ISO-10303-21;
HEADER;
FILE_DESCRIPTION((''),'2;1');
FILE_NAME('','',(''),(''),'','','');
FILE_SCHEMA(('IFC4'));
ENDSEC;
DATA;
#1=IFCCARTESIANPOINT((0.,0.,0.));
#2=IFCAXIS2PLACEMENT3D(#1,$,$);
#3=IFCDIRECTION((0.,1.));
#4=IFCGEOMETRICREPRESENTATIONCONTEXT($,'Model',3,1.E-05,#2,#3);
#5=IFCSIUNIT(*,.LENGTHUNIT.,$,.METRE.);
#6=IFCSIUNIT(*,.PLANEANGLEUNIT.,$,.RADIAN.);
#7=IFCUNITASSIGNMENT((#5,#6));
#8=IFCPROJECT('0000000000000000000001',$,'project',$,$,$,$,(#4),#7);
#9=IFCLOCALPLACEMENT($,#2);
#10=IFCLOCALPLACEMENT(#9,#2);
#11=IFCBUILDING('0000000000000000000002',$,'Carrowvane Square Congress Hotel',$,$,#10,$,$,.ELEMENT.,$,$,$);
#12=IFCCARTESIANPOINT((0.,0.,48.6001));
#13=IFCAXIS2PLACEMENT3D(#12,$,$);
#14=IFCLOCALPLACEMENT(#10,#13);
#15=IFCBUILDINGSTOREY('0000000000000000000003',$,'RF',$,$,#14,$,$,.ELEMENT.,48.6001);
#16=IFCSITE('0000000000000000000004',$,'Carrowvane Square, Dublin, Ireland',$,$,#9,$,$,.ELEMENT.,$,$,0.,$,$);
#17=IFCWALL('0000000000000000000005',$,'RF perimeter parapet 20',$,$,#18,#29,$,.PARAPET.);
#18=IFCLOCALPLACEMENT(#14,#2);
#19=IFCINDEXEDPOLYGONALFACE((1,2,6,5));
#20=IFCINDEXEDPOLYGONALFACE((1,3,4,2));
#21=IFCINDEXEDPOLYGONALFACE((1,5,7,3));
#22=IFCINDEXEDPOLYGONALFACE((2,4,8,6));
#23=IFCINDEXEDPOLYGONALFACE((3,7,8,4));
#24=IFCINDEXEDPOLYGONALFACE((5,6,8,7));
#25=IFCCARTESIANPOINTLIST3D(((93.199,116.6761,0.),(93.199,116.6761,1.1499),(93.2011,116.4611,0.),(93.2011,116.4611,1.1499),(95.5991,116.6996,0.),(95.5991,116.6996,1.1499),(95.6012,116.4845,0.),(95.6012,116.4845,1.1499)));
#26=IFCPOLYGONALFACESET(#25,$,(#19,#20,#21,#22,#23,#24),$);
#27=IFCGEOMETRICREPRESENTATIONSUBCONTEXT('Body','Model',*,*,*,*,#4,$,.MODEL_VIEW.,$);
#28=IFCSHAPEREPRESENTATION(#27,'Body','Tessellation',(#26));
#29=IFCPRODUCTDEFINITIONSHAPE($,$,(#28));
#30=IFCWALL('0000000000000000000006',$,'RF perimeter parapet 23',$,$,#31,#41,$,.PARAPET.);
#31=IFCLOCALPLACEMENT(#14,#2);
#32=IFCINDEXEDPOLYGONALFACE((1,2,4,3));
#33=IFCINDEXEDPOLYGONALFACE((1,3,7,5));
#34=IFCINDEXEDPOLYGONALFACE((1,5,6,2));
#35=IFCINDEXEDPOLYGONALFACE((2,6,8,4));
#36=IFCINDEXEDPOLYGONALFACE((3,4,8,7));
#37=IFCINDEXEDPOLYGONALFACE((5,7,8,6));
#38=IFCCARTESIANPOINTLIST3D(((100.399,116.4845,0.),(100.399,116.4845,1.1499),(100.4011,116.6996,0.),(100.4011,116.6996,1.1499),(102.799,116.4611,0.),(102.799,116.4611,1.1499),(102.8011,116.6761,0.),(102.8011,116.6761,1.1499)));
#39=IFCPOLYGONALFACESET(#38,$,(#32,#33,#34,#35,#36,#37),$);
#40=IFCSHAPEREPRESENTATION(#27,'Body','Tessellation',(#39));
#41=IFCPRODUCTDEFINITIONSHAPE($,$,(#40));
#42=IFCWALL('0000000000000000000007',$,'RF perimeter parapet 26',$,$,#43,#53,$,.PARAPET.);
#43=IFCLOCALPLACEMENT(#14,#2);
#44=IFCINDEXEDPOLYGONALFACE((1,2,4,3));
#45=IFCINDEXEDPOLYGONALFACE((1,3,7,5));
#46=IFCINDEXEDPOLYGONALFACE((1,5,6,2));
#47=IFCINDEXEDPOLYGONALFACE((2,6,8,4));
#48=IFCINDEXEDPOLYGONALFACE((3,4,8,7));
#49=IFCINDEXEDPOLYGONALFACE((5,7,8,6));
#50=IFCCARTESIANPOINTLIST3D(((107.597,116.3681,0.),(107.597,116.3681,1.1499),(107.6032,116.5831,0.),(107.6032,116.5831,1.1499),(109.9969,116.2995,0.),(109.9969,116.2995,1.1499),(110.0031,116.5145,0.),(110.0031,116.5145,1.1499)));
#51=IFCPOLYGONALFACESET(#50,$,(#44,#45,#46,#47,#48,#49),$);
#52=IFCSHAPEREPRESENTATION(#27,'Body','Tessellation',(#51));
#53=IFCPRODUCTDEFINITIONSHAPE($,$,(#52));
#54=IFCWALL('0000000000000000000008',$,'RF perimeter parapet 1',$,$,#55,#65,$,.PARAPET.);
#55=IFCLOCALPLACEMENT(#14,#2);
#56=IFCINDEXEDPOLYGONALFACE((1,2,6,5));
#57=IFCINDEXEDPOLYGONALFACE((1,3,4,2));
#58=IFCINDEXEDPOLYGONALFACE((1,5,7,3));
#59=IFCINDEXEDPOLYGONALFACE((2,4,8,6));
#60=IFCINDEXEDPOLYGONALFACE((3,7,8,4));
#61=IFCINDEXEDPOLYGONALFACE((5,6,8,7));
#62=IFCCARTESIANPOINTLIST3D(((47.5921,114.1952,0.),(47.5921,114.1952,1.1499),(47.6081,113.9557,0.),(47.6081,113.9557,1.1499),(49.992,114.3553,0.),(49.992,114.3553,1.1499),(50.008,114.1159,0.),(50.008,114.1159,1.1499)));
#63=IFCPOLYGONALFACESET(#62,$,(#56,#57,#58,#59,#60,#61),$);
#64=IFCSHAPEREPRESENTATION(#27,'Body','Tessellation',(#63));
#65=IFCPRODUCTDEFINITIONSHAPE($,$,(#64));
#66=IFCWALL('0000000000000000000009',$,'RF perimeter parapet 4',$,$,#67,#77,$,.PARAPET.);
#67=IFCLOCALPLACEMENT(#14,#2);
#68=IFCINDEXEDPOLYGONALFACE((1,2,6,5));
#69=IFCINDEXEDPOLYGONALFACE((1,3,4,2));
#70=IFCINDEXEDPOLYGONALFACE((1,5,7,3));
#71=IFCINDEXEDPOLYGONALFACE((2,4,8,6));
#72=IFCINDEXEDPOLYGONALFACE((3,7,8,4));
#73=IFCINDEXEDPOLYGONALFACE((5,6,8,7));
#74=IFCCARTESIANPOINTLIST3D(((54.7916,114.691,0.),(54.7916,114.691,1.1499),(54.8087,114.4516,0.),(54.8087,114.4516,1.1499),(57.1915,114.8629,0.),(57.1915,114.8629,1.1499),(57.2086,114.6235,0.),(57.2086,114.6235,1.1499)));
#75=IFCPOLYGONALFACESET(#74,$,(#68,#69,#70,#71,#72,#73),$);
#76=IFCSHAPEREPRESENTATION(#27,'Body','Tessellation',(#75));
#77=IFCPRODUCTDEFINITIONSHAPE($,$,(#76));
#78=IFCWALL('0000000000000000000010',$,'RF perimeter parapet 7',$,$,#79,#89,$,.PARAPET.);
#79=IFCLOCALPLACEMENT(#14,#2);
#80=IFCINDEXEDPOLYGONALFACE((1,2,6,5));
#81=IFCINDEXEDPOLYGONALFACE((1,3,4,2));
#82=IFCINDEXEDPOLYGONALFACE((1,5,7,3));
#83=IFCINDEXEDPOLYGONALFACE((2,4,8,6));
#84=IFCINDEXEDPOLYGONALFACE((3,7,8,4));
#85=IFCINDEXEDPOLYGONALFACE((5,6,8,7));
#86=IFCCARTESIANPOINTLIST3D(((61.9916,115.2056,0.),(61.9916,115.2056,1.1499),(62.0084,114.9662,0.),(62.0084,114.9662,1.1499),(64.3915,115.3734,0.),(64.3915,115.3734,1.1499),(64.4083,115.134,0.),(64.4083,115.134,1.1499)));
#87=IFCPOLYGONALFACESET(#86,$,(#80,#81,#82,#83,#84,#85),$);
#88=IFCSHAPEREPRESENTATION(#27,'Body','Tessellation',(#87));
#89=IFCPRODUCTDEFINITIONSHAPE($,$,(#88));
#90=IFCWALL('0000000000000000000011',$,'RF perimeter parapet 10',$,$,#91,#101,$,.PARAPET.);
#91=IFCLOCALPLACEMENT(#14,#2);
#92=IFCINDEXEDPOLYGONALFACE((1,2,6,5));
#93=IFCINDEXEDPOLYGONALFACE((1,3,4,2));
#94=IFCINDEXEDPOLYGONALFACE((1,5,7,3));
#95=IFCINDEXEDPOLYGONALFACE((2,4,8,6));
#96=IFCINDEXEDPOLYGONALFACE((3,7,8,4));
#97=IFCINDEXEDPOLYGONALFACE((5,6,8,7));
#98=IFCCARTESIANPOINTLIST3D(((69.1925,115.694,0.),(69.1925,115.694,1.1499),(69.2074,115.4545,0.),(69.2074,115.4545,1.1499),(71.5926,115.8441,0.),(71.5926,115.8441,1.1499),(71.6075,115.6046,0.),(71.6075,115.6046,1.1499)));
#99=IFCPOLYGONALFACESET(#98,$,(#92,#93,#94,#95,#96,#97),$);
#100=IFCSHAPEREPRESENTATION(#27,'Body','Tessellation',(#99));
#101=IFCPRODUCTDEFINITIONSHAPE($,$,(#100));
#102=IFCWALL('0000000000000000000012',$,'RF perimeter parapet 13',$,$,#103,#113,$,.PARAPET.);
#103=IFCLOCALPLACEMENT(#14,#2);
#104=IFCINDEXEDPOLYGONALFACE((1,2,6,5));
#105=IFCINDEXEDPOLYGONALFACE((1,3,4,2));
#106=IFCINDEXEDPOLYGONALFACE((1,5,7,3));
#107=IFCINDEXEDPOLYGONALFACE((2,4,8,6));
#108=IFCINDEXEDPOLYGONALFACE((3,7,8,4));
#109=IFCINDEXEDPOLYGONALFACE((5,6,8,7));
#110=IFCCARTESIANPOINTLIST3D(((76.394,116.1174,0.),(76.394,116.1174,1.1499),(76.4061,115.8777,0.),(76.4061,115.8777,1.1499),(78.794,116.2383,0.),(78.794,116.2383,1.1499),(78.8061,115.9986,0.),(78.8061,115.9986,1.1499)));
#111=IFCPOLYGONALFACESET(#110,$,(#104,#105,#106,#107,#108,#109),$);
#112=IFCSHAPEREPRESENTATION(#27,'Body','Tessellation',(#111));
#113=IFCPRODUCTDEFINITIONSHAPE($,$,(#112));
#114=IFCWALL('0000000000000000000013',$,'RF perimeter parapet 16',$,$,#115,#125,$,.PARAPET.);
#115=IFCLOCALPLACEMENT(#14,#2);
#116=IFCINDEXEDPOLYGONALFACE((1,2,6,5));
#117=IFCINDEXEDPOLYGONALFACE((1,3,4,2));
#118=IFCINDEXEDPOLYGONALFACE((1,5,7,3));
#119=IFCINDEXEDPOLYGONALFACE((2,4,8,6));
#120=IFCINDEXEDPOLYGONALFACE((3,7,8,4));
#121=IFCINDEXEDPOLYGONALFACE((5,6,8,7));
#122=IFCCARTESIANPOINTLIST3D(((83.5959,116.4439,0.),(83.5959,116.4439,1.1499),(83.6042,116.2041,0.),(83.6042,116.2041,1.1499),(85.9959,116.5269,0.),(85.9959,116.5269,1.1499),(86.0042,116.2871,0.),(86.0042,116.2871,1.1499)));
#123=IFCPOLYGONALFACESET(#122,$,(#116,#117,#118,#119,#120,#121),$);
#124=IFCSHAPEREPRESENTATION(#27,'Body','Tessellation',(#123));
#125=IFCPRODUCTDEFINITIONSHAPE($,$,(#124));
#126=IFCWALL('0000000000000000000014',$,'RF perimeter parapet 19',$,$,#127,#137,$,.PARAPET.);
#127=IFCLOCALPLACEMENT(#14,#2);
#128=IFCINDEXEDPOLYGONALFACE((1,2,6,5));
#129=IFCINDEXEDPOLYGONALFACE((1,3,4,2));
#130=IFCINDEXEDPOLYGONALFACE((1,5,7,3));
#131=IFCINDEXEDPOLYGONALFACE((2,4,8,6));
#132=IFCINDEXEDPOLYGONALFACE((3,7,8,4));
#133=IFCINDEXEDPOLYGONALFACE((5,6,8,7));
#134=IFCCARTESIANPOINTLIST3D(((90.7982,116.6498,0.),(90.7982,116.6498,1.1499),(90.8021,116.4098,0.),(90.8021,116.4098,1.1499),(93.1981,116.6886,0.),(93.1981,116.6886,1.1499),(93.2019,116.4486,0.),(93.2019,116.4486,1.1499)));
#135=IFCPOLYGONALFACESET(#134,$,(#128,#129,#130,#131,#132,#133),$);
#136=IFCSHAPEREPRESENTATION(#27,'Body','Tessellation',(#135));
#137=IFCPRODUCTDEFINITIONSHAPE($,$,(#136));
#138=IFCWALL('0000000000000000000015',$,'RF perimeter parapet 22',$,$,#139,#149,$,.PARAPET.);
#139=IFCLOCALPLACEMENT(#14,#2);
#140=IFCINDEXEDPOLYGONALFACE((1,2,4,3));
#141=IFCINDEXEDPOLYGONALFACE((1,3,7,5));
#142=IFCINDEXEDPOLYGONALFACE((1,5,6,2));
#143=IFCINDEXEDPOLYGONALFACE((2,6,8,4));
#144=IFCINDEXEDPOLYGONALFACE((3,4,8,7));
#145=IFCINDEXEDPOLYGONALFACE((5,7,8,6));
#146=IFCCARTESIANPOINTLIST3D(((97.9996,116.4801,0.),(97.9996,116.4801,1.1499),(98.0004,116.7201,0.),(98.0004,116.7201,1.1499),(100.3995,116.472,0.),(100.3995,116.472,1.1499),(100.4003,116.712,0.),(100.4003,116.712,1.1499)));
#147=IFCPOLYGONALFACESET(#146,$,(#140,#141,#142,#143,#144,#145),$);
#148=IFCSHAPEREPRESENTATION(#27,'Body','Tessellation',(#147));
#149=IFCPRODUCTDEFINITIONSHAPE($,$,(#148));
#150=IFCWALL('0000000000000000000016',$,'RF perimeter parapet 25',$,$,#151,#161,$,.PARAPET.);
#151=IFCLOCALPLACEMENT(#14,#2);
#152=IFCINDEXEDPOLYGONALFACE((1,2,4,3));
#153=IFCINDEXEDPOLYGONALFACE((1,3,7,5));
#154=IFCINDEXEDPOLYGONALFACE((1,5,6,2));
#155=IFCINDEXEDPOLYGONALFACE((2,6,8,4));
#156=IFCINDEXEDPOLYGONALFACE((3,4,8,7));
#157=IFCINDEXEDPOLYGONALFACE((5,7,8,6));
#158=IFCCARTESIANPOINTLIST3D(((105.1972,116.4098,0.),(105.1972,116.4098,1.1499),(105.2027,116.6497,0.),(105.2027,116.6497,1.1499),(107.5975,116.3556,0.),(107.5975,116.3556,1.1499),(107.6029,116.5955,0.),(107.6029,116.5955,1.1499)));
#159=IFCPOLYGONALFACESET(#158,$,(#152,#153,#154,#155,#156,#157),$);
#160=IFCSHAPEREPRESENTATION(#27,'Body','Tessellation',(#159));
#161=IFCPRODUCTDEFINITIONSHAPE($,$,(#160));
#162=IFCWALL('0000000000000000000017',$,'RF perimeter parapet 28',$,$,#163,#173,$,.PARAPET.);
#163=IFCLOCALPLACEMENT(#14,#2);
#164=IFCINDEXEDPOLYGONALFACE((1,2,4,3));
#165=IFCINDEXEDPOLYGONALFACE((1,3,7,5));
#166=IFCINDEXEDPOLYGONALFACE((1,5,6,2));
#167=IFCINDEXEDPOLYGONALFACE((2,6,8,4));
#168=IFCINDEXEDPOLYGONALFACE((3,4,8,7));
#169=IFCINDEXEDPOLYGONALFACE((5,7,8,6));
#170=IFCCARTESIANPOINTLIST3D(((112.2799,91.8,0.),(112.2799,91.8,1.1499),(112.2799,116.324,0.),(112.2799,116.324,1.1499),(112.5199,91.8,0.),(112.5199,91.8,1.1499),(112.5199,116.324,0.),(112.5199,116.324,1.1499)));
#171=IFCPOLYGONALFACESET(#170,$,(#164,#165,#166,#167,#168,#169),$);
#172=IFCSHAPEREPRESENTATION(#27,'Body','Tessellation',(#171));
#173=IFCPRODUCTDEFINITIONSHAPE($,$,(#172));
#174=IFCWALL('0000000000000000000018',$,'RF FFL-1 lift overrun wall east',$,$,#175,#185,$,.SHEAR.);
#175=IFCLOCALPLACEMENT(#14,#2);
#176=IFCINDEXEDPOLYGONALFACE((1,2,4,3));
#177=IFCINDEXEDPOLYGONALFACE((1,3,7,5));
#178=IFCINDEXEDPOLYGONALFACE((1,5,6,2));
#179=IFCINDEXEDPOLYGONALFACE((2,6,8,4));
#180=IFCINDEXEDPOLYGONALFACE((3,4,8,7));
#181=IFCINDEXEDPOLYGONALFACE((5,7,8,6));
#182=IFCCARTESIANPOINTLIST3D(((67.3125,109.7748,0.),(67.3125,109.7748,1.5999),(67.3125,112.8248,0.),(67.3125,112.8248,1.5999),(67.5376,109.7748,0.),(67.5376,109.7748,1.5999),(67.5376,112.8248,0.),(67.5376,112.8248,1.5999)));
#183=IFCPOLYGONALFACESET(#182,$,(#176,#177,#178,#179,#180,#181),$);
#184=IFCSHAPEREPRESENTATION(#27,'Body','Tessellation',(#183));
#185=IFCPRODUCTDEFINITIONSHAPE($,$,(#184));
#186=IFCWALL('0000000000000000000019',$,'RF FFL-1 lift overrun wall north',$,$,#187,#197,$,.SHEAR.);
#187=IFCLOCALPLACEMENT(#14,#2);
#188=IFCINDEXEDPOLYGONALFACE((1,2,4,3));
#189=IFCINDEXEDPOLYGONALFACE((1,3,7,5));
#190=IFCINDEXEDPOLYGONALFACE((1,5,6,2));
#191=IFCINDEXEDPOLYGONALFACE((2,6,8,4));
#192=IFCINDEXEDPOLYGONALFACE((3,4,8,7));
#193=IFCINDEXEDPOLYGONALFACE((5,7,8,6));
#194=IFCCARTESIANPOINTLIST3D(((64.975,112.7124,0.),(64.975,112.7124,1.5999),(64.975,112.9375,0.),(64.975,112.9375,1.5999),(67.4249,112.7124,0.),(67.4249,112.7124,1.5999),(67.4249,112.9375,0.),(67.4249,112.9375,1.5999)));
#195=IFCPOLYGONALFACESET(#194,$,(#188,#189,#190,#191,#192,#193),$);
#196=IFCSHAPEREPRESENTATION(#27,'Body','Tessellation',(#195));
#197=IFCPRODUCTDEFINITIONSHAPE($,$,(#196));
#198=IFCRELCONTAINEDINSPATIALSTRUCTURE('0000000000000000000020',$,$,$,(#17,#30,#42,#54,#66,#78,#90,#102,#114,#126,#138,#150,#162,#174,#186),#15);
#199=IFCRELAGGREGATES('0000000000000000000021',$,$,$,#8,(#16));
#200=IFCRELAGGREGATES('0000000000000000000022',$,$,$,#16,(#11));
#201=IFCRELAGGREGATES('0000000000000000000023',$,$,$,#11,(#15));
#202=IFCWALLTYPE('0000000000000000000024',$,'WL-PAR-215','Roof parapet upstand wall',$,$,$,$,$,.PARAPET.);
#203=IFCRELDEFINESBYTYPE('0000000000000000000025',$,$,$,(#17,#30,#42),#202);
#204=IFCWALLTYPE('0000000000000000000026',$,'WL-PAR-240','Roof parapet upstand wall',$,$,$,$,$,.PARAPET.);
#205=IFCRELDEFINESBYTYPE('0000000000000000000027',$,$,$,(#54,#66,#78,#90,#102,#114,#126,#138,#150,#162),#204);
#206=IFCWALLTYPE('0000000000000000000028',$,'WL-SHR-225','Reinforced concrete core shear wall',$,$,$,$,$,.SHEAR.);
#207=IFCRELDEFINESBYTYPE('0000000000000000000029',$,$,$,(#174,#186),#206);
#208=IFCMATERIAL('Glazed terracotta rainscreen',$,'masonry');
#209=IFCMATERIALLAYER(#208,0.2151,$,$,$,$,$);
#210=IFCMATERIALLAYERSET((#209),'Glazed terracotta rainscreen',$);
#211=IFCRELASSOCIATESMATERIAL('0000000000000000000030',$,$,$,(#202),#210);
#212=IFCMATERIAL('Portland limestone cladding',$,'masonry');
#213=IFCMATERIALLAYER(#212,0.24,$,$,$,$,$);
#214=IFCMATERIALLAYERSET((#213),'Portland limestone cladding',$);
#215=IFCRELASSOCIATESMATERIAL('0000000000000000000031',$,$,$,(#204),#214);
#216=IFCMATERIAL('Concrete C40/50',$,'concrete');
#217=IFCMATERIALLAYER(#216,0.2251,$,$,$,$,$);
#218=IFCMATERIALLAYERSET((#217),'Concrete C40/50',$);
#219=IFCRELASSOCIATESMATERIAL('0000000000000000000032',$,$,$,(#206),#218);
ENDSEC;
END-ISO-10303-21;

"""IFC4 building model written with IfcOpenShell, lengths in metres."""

from ifc_helpers import new_model, si_unit, direction, frame, frame_2d, origin, place, context, subcontext, project, spatial, rectangle, extrude, material, layer, layer_set, type_object, element, save


model = new_model("IFC4")

# Units and contexts
model_context = context("Model", 3, precision=1e-05, world=origin(), true_north=direction((0.0, 1.0)))
body_context = subcontext(model_context, "Body", "Model", "MODEL_VIEW")
ifc_project = project(units=[si_unit("LENGTHUNIT", "METRE"), si_unit("PLANEANGLEUNIT", "RADIAN")], contexts=[model_context])

# Site, building, storey
site_placement = place(None, origin())
site = spatial("IfcSite", under=ifc_project, at=site_placement, Name="Carrowvane Square, Dublin, Ireland", CompositionType="ELEMENT", RefElevation=0.0)
building_placement = place(site_placement, origin())
building = spatial("IfcBuilding", under=site, at=building_placement, Name="Carrowvane Square Congress Hotel", CompositionType="ELEMENT")
storey_placement = place(building_placement, frame((0.0, 0.0, 48.6001)))
storey = spatial("IfcBuildingStorey", under=building, at=storey_placement, Name="RF", CompositionType="ELEMENT", Elevation=48.6001)

# Walls
ifc_material_1 = material(Name="Glazed terracotta rainscreen", Category="masonry")
ifc_layer_1 = layer(ifc_material_1, 0.2151)
ifc_layer_set_1 = layer_set([ifc_layer_1], Name="Glazed terracotta rainscreen")
wall_type_1 = type_object("IfcWallType", Name="WL-PAR-215", Description="Roof parapet upstand wall", PredefinedType="PARAPET", material=ifc_layer_set_1)
for number, where, z_axis, x_axis, name in (
    (1, (93.2, 116.5686, 0.0), (0.0, 0.0, 1.0), (0.999952, 0.009765, 0.0), "RF perimeter parapet 20"),
    (2, (100.3999, 116.592, 0.0), (0.0, 0.0, 1.0), (0.999952, -0.009765, 0.0), "RF perimeter parapet 23"),
):
    element("IfcWall", number, at=place(storey_placement, frame(where, z_axis=z_axis, x_axis=x_axis)), inside=storey, type_object=wall_type_1, Name=name, PredefinedType="PARAPET", context=body_context, shape_type="SweptSolid", body=[
        extrude(rectangle(XDim=2.4001, YDim=0.2151, at=frame_2d((1.2002, 0.0))), origin(), (0.0, 0.0, 1.0), 1.1499),
    ])
wall_1_placement = place(storey_placement, frame((107.6001, 116.4756, 0.0), z_axis=(0.0, 0.0, 1.0), x_axis=(0.999592, -0.028574, 0.0)))
element("IfcWall", 3, at=wall_1_placement, inside=storey, type_object=wall_type_1, Name="RF perimeter parapet 26", PredefinedType="PARAPET", context=body_context, shape_type="SweptSolid", body=[
    extrude(rectangle(XDim=2.4009, YDim=0.2151, at=frame_2d((1.2004, 0.0))), origin(), (0.0, 0.0, 1.0), 1.1499),
])
ifc_material_2 = material(Name="Portland limestone cladding", Category="masonry")
ifc_layer_2 = layer(ifc_material_2, 0.24)
ifc_layer_set_2 = layer_set([ifc_layer_2], Name="Portland limestone cladding")
wall_type_2 = type_object("IfcWallType", Name="WL-PAR-240", Description="Roof parapet upstand wall", PredefinedType="PARAPET", material=ifc_layer_set_2)
wall_2_placement = place(storey_placement, frame((47.6001, 114.0754, 0.0), z_axis=(0.0, 0.0, 1.0), x_axis=(0.997781, 0.066586, 0.0)))
element("IfcWall", 4, at=wall_2_placement, inside=storey, type_object=wall_type_2, Name="RF perimeter parapet 1", PredefinedType="PARAPET", context=body_context, shape_type="SweptSolid", body=[
    extrude(rectangle(XDim=2.4053, YDim=0.24, at=frame_2d((1.2026, 0.0))), origin(), (0.0, 0.0, 1.0), 1.1499),
])
wall_3_placement = place(storey_placement, frame((54.8, 114.5713, 0.0), z_axis=(0.0, 0.0, 1.0), x_axis=(0.997445, 0.071435, 0.0)))
element("IfcWall", 5, at=wall_3_placement, inside=storey, type_object=wall_type_2, Name="RF perimeter parapet 4", PredefinedType="PARAPET", context=body_context, shape_type="SweptSolid", body=[
    extrude(rectangle(XDim=2.406, YDim=0.24, at=frame_2d((1.2031, 0.0))), origin(), (0.0, 0.0, 1.0), 1.1499),
])
wall_4_placement = place(storey_placement, frame((62.0, 115.0859, 0.0), z_axis=(0.0, 0.0, 1.0), x_axis=(0.997567, 0.069718, 0.0)))
element("IfcWall", 6, at=wall_4_placement, inside=storey, type_object=wall_type_2, Name="RF perimeter parapet 7", PredefinedType="PARAPET", context=body_context, shape_type="SweptSolid", body=[
    extrude(rectangle(XDim=2.4058, YDim=0.24, at=frame_2d((1.2029, 0.0))), origin(), (0.0, 0.0, 1.0), 1.1499),
])
wall_5_placement = place(storey_placement, frame((69.2, 115.5742, 0.0), z_axis=(0.0, 0.0, 1.0), x_axis=(0.998049, 0.062435, 0.0)))
element("IfcWall", 7, at=wall_5_placement, inside=storey, type_object=wall_type_2, Name="RF perimeter parapet 10", PredefinedType="PARAPET", context=body_context, shape_type="SweptSolid", body=[
    extrude(rectangle(XDim=2.4048, YDim=0.24, at=frame_2d((1.2024, 0.0))), origin(), (0.0, 0.0, 1.0), 1.1499),
])
wall_6_placement = place(storey_placement, frame((76.3999, 115.9976, 0.0), z_axis=(0.0, 0.0, 1.0), x_axis=(0.998735, 0.050287, 0.0)))
element("IfcWall", 8, at=wall_6_placement, inside=storey, type_object=wall_type_2, Name="RF perimeter parapet 13", PredefinedType="PARAPET", context=body_context, shape_type="SweptSolid", body=[
    extrude(rectangle(XDim=2.4031, YDim=0.24, at=frame_2d((1.2017, 0.0))), origin(), (0.0, 0.0, 1.0), 1.1499),
])
wall_7_placement = place(storey_placement, frame((83.6001, 116.324, 0.0), z_axis=(0.0, 0.0, 1.0), x_axis=(0.999402, 0.034567, 0.0)))
element("IfcWall", 9, at=wall_7_placement, inside=storey, type_object=wall_type_2, Name="RF perimeter parapet 16", PredefinedType="PARAPET", context=body_context, shape_type="SweptSolid", body=[
    extrude(rectangle(XDim=2.4014, YDim=0.24, at=frame_2d((1.2007, 0.0))), origin(), (0.0, 0.0, 1.0), 1.1499),
])
wall_8_placement = place(storey_placement, frame((90.8, 116.5298, 0.0), z_axis=(0.0, 0.0, 1.0), x_axis=(0.999869, 0.016173, 0.0)))
element("IfcWall", 10, at=wall_8_placement, inside=storey, type_object=wall_type_2, Name="RF perimeter parapet 19", PredefinedType="PARAPET", context=body_context, shape_type="SweptSolid", body=[
    extrude(rectangle(XDim=2.4001, YDim=0.24, at=frame_2d((1.2002, 0.0))), origin(), (0.0, 0.0, 1.0), 1.1499),
])
wall_9_placement = place(storey_placement, frame((98.0, 116.6001, 0.0), z_axis=(0.0, 0.0, 1.0), x_axis=(0.999994, -0.003357, 0.0)))
element("IfcWall", 11, at=wall_9_placement, inside=storey, type_object=wall_type_2, Name="RF perimeter parapet 22", PredefinedType="PARAPET", context=body_context, shape_type="SweptSolid", body=[
    extrude(rectangle(XDim=2.3999, YDim=0.24, at=frame_2d((1.2, 0.0))), origin(), (0.0, 0.0, 1.0), 1.1499),
])
wall_10_placement = place(storey_placement, frame((105.2, 116.5298, 0.0), z_axis=(0.0, 0.0, 1.0), x_axis=(0.999745, -0.022576, 0.0)))
element("IfcWall", 12, at=wall_10_placement, inside=storey, type_object=wall_type_2, Name="RF perimeter parapet 25", PredefinedType="PARAPET", context=body_context, shape_type="SweptSolid", body=[
    extrude(rectangle(XDim=2.4009, YDim=0.24, at=frame_2d((1.2004, 0.0))), origin(), (0.0, 0.0, 1.0), 1.1499),
])
wall_11_placement = place(storey_placement, frame((112.3999, 116.324, 0.0), z_axis=(0.0, 0.0, 1.0), x_axis=(0.0, -1.0, 0.0)))
element("IfcWall", 13, at=wall_11_placement, inside=storey, type_object=wall_type_2, Name="RF perimeter parapet 28", PredefinedType="PARAPET", context=body_context, shape_type="SweptSolid", body=[
    extrude(rectangle(XDim=24.5239, YDim=0.24, at=frame_2d((12.262, 0.0))), origin(), (0.0, 0.0, 1.0), 1.1499),
])
ifc_material_3 = material(Name="Concrete C40/50", Category="concrete")
ifc_layer_3 = layer(ifc_material_3, 0.2251)
ifc_layer_set_3 = layer_set([ifc_layer_3], Name="Concrete C40/50")
wall_type_3 = type_object("IfcWallType", Name="WL-SHR-225", Description="Reinforced concrete core shear wall", PredefinedType="SHEAR", material=ifc_layer_set_3)
wall_12_placement = place(storey_placement, frame((67.425, 109.7749, 0.0), z_axis=(0.0, 0.0, 1.0), x_axis=(0.0, 1.0, 0.0)))
element("IfcWall", 14, at=wall_12_placement, inside=storey, type_object=wall_type_3, Name="RF FFL-1 lift overrun wall east", PredefinedType="SHEAR", context=body_context, shape_type="SweptSolid", body=[
    extrude(rectangle(XDim=3.05, YDim=0.2251, at=frame_2d((1.5249, 0.0))), origin(), (0.0, 0.0, 1.0), 1.5999),
])
wall_13_placement = place(storey_placement, frame((67.425, 112.825, 0.0), z_axis=(0.0, 0.0, 1.0), x_axis=(-1.0, 0.0, 0.0)))
element("IfcWall", 15, at=wall_13_placement, inside=storey, type_object=wall_type_3, Name="RF FFL-1 lift overrun wall north", PredefinedType="SHEAR", context=body_context, shape_type="SweptSolid", body=[
    extrude(rectangle(XDim=2.45, YDim=0.2251, at=frame_2d((1.2251, 0.0))), origin(), (0.0, 0.0, 1.0), 1.5999),
])

save(model, "model.ifc")
